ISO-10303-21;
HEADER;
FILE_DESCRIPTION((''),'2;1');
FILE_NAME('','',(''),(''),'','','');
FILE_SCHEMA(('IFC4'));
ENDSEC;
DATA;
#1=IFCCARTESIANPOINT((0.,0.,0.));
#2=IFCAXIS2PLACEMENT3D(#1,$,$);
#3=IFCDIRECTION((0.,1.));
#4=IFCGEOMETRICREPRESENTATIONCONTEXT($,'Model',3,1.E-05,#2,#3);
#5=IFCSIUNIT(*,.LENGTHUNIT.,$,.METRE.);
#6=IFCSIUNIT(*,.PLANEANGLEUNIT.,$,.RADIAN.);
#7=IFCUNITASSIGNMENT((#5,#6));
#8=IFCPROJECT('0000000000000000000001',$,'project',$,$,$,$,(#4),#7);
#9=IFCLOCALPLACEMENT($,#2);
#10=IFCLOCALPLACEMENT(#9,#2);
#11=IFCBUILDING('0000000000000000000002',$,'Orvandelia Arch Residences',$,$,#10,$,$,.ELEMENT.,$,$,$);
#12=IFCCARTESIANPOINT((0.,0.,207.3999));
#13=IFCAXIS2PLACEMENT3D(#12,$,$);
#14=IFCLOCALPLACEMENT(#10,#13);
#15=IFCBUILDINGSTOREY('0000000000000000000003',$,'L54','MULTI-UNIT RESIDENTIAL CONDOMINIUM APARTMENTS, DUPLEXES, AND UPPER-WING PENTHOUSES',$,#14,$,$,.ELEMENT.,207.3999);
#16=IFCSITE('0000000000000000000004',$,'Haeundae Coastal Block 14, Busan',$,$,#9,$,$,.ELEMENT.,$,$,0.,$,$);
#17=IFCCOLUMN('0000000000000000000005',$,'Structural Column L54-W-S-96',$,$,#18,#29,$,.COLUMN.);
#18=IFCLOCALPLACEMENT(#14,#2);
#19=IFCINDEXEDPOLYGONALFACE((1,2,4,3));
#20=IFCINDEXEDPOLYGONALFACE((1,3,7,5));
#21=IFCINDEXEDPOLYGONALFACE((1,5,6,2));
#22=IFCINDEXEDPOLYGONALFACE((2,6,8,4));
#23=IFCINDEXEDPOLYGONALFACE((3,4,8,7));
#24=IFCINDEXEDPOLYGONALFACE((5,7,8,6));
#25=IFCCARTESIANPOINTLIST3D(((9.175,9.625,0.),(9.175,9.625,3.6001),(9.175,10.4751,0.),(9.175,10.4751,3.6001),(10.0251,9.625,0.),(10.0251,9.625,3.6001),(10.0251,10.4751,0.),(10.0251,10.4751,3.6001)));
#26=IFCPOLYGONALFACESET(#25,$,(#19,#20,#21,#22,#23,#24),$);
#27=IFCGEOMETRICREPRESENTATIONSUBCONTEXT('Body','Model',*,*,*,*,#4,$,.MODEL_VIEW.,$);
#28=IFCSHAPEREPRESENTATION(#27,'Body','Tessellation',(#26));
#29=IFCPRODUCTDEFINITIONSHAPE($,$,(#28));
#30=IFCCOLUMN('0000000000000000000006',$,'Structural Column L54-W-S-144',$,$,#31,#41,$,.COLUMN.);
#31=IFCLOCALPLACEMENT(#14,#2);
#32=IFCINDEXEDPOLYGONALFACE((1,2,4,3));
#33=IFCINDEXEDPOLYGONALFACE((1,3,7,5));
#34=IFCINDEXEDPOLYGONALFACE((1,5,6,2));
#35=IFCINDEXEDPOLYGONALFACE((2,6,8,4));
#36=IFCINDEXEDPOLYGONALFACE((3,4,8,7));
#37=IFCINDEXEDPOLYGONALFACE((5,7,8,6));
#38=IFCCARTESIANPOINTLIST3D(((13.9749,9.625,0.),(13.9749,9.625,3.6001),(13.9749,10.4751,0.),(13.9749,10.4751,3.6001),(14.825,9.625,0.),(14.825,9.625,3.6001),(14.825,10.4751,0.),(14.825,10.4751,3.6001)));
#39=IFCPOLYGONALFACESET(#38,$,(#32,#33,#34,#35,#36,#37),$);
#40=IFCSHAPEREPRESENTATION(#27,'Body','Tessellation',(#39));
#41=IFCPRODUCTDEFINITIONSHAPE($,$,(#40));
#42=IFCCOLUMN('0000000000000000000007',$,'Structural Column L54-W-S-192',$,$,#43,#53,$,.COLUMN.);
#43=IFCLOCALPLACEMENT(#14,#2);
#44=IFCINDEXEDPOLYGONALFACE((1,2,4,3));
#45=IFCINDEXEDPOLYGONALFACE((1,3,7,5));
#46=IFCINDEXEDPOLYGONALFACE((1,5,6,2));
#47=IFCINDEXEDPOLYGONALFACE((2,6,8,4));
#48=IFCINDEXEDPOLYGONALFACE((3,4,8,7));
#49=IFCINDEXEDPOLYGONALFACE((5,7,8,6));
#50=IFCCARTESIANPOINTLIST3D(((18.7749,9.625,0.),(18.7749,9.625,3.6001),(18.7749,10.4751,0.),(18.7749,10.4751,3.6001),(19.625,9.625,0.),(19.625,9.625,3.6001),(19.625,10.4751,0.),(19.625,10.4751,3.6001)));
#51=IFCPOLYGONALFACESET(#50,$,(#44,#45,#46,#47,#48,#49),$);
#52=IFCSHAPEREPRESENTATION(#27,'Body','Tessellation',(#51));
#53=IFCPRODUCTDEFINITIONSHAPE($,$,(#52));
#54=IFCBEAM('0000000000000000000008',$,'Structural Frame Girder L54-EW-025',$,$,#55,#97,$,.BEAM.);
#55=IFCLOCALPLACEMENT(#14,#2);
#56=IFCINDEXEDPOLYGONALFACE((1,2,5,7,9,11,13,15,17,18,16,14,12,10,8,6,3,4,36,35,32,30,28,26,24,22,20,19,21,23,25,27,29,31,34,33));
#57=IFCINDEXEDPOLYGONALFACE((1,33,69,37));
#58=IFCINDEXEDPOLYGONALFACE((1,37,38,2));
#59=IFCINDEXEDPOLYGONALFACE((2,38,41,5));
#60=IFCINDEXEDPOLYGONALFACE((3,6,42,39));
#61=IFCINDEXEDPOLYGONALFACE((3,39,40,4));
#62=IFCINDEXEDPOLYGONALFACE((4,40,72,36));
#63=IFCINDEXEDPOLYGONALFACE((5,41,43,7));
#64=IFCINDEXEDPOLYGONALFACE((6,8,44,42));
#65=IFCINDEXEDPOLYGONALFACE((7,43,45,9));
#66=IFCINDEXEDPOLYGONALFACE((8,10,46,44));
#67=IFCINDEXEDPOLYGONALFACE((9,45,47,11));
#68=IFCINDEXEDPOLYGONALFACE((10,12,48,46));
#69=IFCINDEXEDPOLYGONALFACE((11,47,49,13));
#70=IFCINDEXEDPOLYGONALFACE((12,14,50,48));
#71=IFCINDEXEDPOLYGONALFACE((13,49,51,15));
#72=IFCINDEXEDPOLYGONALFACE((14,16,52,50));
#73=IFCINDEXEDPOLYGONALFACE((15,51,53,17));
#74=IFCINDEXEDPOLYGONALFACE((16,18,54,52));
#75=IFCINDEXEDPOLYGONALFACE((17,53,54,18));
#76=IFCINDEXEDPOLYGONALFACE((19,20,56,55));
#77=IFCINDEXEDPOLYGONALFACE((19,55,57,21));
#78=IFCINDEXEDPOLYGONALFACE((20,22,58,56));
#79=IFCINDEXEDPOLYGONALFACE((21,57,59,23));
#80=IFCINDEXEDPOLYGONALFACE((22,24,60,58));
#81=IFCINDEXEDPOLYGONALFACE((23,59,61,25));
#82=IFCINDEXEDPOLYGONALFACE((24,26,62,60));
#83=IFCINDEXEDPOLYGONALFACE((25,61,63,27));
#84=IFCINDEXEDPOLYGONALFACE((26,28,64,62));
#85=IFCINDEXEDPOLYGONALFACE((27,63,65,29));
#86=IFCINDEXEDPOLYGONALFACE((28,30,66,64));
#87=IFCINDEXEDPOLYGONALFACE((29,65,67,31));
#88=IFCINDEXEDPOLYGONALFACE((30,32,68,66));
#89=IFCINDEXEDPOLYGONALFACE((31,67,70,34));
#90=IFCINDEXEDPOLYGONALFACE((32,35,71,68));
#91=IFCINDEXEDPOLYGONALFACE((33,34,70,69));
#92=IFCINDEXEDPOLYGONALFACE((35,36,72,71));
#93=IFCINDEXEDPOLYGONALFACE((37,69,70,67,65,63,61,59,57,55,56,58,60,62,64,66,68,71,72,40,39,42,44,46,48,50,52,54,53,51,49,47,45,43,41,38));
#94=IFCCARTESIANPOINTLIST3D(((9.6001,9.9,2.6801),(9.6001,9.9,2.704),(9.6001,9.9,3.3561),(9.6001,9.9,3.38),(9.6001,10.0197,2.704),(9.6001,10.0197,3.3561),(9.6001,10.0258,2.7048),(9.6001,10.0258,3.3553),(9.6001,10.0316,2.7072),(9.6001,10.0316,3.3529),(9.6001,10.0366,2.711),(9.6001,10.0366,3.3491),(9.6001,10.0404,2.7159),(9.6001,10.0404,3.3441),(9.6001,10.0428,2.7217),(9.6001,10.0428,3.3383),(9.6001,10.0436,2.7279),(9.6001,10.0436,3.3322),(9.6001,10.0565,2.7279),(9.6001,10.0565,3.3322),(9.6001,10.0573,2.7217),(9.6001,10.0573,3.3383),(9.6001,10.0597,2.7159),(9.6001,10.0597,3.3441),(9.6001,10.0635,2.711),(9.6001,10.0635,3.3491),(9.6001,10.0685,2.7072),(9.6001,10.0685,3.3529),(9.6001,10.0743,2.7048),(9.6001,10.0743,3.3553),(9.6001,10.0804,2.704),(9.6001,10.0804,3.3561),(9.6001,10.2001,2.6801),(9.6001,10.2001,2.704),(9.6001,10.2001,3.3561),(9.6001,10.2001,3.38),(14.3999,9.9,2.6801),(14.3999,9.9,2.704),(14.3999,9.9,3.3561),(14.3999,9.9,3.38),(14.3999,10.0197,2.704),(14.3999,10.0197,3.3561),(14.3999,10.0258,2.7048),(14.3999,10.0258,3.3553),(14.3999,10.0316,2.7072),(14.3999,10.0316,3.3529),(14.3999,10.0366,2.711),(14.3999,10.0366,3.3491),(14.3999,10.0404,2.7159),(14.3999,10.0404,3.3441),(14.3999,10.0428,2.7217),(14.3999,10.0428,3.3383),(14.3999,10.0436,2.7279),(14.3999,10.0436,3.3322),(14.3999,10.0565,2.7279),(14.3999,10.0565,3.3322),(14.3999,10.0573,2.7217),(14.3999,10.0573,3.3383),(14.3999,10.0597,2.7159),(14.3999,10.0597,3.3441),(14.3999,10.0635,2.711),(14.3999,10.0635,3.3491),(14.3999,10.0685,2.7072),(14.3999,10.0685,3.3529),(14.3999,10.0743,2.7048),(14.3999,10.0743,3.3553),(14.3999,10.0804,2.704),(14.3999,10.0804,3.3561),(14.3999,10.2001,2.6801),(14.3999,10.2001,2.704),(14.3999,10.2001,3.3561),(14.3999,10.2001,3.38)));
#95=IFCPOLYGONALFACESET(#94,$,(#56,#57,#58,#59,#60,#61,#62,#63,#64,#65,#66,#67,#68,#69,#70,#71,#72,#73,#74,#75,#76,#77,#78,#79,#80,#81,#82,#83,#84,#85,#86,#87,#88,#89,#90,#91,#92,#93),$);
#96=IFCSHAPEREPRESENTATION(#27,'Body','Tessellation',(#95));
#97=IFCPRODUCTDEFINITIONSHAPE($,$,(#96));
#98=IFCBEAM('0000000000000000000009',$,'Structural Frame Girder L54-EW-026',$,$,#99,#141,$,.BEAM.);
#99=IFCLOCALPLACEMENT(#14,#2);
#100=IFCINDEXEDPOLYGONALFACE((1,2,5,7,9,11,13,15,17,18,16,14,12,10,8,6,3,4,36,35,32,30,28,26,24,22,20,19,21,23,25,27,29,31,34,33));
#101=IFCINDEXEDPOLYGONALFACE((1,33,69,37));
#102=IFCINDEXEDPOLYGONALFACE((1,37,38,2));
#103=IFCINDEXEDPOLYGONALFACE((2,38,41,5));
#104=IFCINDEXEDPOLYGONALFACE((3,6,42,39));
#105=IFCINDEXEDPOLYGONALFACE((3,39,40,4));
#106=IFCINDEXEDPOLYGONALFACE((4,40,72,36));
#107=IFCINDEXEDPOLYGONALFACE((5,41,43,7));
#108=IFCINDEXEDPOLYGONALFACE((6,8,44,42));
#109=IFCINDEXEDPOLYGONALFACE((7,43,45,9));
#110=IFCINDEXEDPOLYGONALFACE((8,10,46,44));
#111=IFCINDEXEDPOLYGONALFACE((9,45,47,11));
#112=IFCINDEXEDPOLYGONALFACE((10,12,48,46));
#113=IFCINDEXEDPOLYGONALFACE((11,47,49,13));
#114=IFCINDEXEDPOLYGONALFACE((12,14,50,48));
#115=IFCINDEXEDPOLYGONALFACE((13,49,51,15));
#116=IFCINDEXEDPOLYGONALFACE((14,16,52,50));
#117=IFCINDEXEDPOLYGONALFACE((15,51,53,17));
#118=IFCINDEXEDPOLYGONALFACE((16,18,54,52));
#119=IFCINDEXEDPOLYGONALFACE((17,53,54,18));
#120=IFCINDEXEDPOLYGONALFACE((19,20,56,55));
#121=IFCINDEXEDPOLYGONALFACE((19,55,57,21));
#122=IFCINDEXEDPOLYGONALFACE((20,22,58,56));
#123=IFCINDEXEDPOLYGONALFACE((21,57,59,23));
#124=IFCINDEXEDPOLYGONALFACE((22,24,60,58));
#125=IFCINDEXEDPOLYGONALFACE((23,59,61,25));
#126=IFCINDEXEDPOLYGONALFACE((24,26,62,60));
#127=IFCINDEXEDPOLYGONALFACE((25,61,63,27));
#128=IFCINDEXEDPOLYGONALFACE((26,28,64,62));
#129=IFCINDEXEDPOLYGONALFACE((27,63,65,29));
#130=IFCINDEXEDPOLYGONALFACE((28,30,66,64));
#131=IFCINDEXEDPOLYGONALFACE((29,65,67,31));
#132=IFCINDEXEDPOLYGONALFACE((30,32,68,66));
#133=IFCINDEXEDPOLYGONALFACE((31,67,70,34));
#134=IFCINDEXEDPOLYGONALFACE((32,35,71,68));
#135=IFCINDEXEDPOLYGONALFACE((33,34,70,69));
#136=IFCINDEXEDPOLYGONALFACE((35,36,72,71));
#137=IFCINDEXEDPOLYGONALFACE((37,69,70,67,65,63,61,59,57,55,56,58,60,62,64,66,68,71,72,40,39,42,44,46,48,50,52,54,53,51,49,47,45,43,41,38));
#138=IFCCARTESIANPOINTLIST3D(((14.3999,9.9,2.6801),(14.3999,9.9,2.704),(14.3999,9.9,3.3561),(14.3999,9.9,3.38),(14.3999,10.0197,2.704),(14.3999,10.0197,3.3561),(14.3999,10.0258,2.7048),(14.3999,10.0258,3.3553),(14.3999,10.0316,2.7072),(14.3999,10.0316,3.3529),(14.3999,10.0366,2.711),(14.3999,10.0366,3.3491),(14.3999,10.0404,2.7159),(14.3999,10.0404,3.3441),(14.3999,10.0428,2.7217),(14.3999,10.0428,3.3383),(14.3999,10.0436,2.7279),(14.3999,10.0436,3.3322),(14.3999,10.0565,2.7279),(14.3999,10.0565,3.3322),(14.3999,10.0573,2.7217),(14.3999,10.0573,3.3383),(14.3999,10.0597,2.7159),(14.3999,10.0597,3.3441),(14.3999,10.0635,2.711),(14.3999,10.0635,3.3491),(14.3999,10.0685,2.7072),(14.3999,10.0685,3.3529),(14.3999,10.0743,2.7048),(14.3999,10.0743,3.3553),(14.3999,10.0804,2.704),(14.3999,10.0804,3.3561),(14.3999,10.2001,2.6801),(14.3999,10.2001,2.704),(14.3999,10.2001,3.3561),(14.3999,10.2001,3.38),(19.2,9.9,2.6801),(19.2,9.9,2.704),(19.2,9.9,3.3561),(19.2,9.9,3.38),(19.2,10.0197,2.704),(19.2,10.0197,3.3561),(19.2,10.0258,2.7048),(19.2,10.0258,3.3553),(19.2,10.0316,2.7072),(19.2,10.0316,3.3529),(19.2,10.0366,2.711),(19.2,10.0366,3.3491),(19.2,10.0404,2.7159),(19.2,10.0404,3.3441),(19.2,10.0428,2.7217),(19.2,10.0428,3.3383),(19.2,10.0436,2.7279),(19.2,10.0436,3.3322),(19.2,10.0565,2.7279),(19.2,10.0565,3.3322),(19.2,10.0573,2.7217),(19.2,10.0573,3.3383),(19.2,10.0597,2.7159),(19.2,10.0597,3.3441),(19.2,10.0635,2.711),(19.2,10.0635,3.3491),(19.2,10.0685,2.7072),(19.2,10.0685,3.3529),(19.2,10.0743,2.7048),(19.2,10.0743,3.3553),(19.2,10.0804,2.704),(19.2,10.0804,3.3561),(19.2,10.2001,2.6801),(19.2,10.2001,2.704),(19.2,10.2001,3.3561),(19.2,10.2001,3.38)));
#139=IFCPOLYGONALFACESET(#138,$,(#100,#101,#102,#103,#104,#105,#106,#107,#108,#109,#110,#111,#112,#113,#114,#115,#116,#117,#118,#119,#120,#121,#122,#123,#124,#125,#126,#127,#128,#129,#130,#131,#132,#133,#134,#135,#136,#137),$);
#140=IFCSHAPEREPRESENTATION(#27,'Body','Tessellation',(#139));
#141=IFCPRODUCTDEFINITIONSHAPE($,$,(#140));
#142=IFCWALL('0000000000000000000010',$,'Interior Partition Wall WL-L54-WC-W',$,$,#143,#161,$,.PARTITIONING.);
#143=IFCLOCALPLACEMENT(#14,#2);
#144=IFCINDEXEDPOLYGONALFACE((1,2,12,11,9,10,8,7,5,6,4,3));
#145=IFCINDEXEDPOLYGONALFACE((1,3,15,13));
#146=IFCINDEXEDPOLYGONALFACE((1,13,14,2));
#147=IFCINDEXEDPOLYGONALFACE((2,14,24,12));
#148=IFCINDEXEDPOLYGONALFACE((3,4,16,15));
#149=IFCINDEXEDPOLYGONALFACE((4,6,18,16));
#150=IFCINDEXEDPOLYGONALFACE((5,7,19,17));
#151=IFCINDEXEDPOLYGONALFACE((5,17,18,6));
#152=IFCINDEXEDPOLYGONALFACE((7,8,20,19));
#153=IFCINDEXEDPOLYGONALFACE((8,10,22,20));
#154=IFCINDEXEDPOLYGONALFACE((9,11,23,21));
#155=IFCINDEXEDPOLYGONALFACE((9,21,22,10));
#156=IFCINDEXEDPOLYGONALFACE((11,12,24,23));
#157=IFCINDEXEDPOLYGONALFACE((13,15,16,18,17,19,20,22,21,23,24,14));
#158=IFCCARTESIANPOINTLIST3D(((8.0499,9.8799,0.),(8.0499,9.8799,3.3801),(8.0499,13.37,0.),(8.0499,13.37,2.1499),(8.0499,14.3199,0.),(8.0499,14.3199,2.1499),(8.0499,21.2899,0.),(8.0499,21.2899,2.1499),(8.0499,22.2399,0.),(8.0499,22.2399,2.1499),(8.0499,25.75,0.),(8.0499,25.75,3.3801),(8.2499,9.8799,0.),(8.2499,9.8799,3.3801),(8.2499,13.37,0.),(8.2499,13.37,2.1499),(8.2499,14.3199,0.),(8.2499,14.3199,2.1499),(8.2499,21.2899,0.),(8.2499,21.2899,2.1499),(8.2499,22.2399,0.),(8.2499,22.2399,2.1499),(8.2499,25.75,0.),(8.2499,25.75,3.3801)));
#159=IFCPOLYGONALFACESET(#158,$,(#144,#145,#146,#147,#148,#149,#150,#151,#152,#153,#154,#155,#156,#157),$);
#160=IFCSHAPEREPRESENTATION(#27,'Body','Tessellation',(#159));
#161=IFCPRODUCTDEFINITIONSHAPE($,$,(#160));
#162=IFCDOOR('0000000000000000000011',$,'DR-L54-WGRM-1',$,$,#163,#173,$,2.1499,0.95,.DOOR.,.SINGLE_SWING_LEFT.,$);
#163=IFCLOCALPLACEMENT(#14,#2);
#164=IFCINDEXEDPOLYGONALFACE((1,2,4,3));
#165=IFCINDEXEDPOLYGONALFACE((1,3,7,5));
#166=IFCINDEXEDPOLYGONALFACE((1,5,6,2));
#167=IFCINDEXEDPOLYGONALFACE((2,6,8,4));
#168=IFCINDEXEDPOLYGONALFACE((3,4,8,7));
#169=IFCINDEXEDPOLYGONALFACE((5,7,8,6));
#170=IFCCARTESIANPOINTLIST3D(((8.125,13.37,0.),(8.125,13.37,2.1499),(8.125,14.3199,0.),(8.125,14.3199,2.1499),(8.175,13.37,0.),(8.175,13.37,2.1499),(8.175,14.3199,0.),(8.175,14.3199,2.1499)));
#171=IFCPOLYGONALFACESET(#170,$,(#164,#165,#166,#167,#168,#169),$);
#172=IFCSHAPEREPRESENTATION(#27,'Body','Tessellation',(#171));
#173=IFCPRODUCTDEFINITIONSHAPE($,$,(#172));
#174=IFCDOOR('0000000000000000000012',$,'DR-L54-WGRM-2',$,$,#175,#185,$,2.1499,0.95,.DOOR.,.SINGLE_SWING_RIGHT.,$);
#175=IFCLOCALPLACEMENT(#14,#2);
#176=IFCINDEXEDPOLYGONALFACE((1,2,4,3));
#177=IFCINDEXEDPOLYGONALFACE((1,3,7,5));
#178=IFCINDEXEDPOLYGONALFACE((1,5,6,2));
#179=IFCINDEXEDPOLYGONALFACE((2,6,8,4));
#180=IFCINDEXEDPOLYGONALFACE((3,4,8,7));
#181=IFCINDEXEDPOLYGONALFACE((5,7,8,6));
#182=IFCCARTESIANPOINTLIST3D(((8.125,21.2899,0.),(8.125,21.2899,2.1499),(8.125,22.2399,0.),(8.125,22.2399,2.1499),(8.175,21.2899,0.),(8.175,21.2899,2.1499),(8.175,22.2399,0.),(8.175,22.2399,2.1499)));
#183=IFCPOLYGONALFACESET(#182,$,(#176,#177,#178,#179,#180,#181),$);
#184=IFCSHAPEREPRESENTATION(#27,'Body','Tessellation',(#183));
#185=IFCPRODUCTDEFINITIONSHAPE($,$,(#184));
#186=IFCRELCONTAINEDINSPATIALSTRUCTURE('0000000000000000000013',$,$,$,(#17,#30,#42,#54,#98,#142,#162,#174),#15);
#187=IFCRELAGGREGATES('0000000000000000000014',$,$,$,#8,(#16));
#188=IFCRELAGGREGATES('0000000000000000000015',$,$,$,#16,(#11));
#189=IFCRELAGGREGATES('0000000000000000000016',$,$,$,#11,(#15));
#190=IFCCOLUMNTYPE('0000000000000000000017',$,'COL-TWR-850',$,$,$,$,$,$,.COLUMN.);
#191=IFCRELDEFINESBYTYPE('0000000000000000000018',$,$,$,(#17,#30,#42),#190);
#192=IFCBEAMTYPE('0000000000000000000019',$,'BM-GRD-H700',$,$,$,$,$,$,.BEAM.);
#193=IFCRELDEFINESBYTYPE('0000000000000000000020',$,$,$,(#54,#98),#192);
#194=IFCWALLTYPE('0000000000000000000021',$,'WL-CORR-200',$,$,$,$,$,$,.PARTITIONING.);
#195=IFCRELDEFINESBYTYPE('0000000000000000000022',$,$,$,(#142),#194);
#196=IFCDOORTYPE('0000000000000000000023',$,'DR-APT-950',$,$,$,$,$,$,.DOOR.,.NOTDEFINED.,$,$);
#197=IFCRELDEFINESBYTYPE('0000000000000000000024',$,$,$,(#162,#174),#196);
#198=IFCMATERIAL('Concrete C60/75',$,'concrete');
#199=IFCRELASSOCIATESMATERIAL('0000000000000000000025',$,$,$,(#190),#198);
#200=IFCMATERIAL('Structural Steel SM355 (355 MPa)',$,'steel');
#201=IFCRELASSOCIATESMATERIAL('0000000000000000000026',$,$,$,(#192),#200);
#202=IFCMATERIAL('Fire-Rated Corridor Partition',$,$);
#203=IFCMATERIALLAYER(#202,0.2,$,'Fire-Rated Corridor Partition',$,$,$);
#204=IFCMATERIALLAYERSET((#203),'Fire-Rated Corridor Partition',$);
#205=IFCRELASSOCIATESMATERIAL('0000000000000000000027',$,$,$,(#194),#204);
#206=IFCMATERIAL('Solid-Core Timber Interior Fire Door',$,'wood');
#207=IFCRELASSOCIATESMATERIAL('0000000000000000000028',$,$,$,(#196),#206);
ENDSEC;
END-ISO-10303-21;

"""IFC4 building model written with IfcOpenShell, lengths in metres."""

from ifc_helpers import new_model, si_unit, direction, frame, frame_2d, origin, origin_2d, place, context, subcontext, project, spatial, rectangle, i_section, extrude, material, layer, layer_set, material_profile, profile_set, type_object, element, fill, save


model = new_model("IFC4")

# Units and contexts
model_context = context("Model", 3, precision=1e-05, world=origin(), true_north=direction((0.0, 1.0)))
body_context = subcontext(model_context, "Body", "Model", "MODEL_VIEW")
ifc_project = project(units=[si_unit("LENGTHUNIT", "METRE"), si_unit("PLANEANGLEUNIT", "RADIAN")], contexts=[model_context])

# Site, building, storey
site_placement = place(None, origin())
site = spatial("IfcSite", under=ifc_project, at=site_placement, Name="Haeundae Coastal Block 14, Busan", CompositionType="ELEMENT", RefElevation=0.0)
building_placement = place(site_placement, origin())
building = spatial("IfcBuilding", under=site, at=building_placement, Name="Orvandelia Arch Residences", CompositionType="ELEMENT")
storey_placement = place(building_placement, frame((0.0, 0.0, 207.3999)))
storey = spatial("IfcBuildingStorey", under=building, at=storey_placement, Name="L54", Description="MULTI-UNIT RESIDENTIAL CONDOMINIUM APARTMENTS, DUPLEXES, AND UPPER-WING PENTHOUSES", CompositionType="ELEMENT", Elevation=207.3999)

# Columns
ifc_material_1 = material(Name="Concrete C60/75", Category="concrete")
ifc_material_profile_1 = material_profile(ifc_material_1, rectangle(XDim=0.8501, YDim=0.8501, at=origin_2d()), Name="Concrete C60/75", Category="concrete")
ifc_profile_set_1 = profile_set([ifc_material_profile_1], Name="Concrete C60/75")
column_type = type_object("IfcColumnType", Name="COL-TWR-850", PredefinedType="COLUMN", material=ifc_profile_set_1)
for number, where, z_axis, x_axis, name in (
    (1, (9.6001, 10.05, 0.0), (0.0, 0.0, 1.0), (1.0, 0.0, 0.0), "Structural Column L54-W-S-96"),
    (2, (14.3999, 10.05, 0.0), (0.0, 0.0, 1.0), (1.0, 0.0, 0.0), "Structural Column L54-W-S-144"),
    (3, (19.2, 10.05, 0.0), (0.0, 0.0, 1.0), (1.0, 0.0, 0.0), "Structural Column L54-W-S-192"),
):
    element("IfcColumn", number, at=place(storey_placement, frame(where, z_axis=z_axis, x_axis=x_axis)), inside=storey, type_object=column_type, Name=name, PredefinedType="COLUMN", context=body_context, shape_type="SweptSolid", body=[
        extrude(rectangle(XDim=0.8501, YDim=0.8501, at=origin_2d()), origin(), (0.0, 0.0, 1.0), 3.6001),
    ])

# Beams
ifc_material_2 = material(Name="Structural Steel SM355 (355 MPa)", Category="steel")
ifc_material_profile_2 = material_profile(ifc_material_2, i_section(OverallWidth=0.3, OverallDepth=0.7, WebThickness=0.0129, FlangeThickness=0.0239, FilletRadius=0.0239, at=origin_2d()), Name="Structural Steel SM355 (355 MPa)", Category="steel")
ifc_profile_set_2 = profile_set([ifc_material_profile_2], Name="Structural Steel SM355 (355 MPa)")
beam_type = type_object("IfcBeamType", Name="BM-GRD-H700", PredefinedType="BEAM", material=ifc_profile_set_2)
beam_1_placement = place(storey_placement, frame((9.6001, 10.05, 3.03), z_axis=(1.0, 0.0, 0.0), x_axis=(0.0, 1.0, 0.0)))
element("IfcBeam", 4, at=beam_1_placement, inside=storey, type_object=beam_type, Name="Structural Frame Girder L54-EW-025", PredefinedType="BEAM", context=body_context, shape_type="SweptSolid", body=[
    extrude(i_section(OverallWidth=0.3, OverallDepth=0.7, WebThickness=0.0129, FlangeThickness=0.0239, FilletRadius=0.0239, at=origin_2d()), origin(), (0.0, 0.0, 1.0), 4.7998),
])
beam_2_placement = place(storey_placement, frame((14.3999, 10.05, 3.03), z_axis=(1.0, 0.0, 0.0), x_axis=(0.0, 1.0, 0.0)))
element("IfcBeam", 5, at=beam_2_placement, inside=storey, type_object=beam_type, Name="Structural Frame Girder L54-EW-026", PredefinedType="BEAM", context=body_context, shape_type="SweptSolid", body=[
    extrude(i_section(OverallWidth=0.3, OverallDepth=0.7, WebThickness=0.0129, FlangeThickness=0.0239, FilletRadius=0.0239, at=origin_2d()), origin(), (0.0, 0.0, 1.0), 4.8),
])

# Wall, openings, doors
ifc_material_3 = material(Name="Fire-Rated Corridor Partition")
ifc_layer_1 = layer(ifc_material_3, 0.2, Name="Fire-Rated Corridor Partition")
ifc_layer_set_1 = layer_set([ifc_layer_1], Name="Fire-Rated Corridor Partition")
wall_type_1 = type_object("IfcWallType", Name="WL-CORR-200", PredefinedType="PARTITIONING", material=ifc_layer_set_1)
wall_1_placement = place(storey_placement, frame((8.1499, 9.8799, 0.0), z_axis=(0.0, 0.0, 1.0), x_axis=(0.0, 1.0, 0.0)))
wall_1 = element("IfcWall", 6, at=wall_1_placement, inside=storey, type_object=wall_type_1, Name="Interior Partition Wall WL-L54-WC-W", PredefinedType="PARTITIONING", context=body_context, shape_type="SweptSolid", body=[
    extrude(rectangle(XDim=15.8701, YDim=0.2, at=frame_2d((7.9351, 0.0))), origin(), (0.0, 0.0, 1.0), 3.3801),
])
opening_1_placement = place(wall_1_placement, frame((3.49, 0.0, 0.0)))
opening_1 = element("IfcOpeningElement", 7, at=opening_1_placement, cuts=wall_1, PredefinedType="OPENING", context=body_context, shape_type="SweptSolid", body=[
    extrude(rectangle(XDim=0.95, YDim=2.1499, at=frame_2d((0.4751, 1.075))), frame((0.0, 0.1099, 0.0), z_axis=(0.0, -1.0, 0.0), x_axis=(1.0, 0.0, 0.0)), (0.0, 0.0, 1.0), 0.22),
])
opening_2_placement = place(wall_1_placement, frame((11.4099, 0.0, 0.0)))
opening_2 = element("IfcOpeningElement", 8, at=opening_2_placement, cuts=wall_1, PredefinedType="OPENING", context=body_context, shape_type="SweptSolid", body=[
    extrude(rectangle(XDim=0.95, YDim=2.1499, at=frame_2d((0.4751, 1.075))), frame((0.0, 0.1099, 0.0), z_axis=(0.0, -1.0, 0.0), x_axis=(1.0, 0.0, 0.0)), (0.0, 0.0, 1.0), 0.22),
])
ifc_material_4 = material(Name="Solid-Core Timber Interior Fire Door", Category="wood")
door_type_1 = type_object("IfcDoorType", Name="DR-APT-950", OperationType="NOTDEFINED", PredefinedType="DOOR", material=ifc_material_4)
door_1_placement = place(opening_1_placement, origin())
door_1 = element("IfcDoor", 9, at=door_1_placement, inside=storey, type_object=door_type_1, Name="DR-L54-WGRM-1", OperationType="SINGLE_SWING_LEFT", OverallHeight=2.1499, OverallWidth=0.95, PredefinedType="DOOR", context=body_context, shape_type="SweptSolid", body=[
    extrude(rectangle(XDim=0.95, YDim=2.1499, at=frame_2d((0.4751, 1.075))), frame((0.0, 0.0249, 0.0), z_axis=(0.0, -1.0, 0.0), x_axis=(1.0, 0.0, 0.0)), (0.0, 0.0, 1.0), 0.05),
])
fill(opening_1, door_1)
door_2_placement = place(opening_2_placement, origin())
door_2 = element("IfcDoor", 10, at=door_2_placement, inside=storey, type_object=door_type_1, Name="DR-L54-WGRM-2", OperationType="SINGLE_SWING_RIGHT", OverallHeight=2.1499, OverallWidth=0.95, PredefinedType="DOOR", context=body_context, shape_type="SweptSolid", body=[
    extrude(rectangle(XDim=0.95, YDim=2.1499, at=frame_2d((0.4751, 1.075))), frame((0.0, 0.0249, 0.0), z_axis=(0.0, -1.0, 0.0), x_axis=(1.0, 0.0, 0.0)), (0.0, 0.0, 1.0), 0.05),
])
fill(opening_2, door_2)

save(model, "model.ifc")
